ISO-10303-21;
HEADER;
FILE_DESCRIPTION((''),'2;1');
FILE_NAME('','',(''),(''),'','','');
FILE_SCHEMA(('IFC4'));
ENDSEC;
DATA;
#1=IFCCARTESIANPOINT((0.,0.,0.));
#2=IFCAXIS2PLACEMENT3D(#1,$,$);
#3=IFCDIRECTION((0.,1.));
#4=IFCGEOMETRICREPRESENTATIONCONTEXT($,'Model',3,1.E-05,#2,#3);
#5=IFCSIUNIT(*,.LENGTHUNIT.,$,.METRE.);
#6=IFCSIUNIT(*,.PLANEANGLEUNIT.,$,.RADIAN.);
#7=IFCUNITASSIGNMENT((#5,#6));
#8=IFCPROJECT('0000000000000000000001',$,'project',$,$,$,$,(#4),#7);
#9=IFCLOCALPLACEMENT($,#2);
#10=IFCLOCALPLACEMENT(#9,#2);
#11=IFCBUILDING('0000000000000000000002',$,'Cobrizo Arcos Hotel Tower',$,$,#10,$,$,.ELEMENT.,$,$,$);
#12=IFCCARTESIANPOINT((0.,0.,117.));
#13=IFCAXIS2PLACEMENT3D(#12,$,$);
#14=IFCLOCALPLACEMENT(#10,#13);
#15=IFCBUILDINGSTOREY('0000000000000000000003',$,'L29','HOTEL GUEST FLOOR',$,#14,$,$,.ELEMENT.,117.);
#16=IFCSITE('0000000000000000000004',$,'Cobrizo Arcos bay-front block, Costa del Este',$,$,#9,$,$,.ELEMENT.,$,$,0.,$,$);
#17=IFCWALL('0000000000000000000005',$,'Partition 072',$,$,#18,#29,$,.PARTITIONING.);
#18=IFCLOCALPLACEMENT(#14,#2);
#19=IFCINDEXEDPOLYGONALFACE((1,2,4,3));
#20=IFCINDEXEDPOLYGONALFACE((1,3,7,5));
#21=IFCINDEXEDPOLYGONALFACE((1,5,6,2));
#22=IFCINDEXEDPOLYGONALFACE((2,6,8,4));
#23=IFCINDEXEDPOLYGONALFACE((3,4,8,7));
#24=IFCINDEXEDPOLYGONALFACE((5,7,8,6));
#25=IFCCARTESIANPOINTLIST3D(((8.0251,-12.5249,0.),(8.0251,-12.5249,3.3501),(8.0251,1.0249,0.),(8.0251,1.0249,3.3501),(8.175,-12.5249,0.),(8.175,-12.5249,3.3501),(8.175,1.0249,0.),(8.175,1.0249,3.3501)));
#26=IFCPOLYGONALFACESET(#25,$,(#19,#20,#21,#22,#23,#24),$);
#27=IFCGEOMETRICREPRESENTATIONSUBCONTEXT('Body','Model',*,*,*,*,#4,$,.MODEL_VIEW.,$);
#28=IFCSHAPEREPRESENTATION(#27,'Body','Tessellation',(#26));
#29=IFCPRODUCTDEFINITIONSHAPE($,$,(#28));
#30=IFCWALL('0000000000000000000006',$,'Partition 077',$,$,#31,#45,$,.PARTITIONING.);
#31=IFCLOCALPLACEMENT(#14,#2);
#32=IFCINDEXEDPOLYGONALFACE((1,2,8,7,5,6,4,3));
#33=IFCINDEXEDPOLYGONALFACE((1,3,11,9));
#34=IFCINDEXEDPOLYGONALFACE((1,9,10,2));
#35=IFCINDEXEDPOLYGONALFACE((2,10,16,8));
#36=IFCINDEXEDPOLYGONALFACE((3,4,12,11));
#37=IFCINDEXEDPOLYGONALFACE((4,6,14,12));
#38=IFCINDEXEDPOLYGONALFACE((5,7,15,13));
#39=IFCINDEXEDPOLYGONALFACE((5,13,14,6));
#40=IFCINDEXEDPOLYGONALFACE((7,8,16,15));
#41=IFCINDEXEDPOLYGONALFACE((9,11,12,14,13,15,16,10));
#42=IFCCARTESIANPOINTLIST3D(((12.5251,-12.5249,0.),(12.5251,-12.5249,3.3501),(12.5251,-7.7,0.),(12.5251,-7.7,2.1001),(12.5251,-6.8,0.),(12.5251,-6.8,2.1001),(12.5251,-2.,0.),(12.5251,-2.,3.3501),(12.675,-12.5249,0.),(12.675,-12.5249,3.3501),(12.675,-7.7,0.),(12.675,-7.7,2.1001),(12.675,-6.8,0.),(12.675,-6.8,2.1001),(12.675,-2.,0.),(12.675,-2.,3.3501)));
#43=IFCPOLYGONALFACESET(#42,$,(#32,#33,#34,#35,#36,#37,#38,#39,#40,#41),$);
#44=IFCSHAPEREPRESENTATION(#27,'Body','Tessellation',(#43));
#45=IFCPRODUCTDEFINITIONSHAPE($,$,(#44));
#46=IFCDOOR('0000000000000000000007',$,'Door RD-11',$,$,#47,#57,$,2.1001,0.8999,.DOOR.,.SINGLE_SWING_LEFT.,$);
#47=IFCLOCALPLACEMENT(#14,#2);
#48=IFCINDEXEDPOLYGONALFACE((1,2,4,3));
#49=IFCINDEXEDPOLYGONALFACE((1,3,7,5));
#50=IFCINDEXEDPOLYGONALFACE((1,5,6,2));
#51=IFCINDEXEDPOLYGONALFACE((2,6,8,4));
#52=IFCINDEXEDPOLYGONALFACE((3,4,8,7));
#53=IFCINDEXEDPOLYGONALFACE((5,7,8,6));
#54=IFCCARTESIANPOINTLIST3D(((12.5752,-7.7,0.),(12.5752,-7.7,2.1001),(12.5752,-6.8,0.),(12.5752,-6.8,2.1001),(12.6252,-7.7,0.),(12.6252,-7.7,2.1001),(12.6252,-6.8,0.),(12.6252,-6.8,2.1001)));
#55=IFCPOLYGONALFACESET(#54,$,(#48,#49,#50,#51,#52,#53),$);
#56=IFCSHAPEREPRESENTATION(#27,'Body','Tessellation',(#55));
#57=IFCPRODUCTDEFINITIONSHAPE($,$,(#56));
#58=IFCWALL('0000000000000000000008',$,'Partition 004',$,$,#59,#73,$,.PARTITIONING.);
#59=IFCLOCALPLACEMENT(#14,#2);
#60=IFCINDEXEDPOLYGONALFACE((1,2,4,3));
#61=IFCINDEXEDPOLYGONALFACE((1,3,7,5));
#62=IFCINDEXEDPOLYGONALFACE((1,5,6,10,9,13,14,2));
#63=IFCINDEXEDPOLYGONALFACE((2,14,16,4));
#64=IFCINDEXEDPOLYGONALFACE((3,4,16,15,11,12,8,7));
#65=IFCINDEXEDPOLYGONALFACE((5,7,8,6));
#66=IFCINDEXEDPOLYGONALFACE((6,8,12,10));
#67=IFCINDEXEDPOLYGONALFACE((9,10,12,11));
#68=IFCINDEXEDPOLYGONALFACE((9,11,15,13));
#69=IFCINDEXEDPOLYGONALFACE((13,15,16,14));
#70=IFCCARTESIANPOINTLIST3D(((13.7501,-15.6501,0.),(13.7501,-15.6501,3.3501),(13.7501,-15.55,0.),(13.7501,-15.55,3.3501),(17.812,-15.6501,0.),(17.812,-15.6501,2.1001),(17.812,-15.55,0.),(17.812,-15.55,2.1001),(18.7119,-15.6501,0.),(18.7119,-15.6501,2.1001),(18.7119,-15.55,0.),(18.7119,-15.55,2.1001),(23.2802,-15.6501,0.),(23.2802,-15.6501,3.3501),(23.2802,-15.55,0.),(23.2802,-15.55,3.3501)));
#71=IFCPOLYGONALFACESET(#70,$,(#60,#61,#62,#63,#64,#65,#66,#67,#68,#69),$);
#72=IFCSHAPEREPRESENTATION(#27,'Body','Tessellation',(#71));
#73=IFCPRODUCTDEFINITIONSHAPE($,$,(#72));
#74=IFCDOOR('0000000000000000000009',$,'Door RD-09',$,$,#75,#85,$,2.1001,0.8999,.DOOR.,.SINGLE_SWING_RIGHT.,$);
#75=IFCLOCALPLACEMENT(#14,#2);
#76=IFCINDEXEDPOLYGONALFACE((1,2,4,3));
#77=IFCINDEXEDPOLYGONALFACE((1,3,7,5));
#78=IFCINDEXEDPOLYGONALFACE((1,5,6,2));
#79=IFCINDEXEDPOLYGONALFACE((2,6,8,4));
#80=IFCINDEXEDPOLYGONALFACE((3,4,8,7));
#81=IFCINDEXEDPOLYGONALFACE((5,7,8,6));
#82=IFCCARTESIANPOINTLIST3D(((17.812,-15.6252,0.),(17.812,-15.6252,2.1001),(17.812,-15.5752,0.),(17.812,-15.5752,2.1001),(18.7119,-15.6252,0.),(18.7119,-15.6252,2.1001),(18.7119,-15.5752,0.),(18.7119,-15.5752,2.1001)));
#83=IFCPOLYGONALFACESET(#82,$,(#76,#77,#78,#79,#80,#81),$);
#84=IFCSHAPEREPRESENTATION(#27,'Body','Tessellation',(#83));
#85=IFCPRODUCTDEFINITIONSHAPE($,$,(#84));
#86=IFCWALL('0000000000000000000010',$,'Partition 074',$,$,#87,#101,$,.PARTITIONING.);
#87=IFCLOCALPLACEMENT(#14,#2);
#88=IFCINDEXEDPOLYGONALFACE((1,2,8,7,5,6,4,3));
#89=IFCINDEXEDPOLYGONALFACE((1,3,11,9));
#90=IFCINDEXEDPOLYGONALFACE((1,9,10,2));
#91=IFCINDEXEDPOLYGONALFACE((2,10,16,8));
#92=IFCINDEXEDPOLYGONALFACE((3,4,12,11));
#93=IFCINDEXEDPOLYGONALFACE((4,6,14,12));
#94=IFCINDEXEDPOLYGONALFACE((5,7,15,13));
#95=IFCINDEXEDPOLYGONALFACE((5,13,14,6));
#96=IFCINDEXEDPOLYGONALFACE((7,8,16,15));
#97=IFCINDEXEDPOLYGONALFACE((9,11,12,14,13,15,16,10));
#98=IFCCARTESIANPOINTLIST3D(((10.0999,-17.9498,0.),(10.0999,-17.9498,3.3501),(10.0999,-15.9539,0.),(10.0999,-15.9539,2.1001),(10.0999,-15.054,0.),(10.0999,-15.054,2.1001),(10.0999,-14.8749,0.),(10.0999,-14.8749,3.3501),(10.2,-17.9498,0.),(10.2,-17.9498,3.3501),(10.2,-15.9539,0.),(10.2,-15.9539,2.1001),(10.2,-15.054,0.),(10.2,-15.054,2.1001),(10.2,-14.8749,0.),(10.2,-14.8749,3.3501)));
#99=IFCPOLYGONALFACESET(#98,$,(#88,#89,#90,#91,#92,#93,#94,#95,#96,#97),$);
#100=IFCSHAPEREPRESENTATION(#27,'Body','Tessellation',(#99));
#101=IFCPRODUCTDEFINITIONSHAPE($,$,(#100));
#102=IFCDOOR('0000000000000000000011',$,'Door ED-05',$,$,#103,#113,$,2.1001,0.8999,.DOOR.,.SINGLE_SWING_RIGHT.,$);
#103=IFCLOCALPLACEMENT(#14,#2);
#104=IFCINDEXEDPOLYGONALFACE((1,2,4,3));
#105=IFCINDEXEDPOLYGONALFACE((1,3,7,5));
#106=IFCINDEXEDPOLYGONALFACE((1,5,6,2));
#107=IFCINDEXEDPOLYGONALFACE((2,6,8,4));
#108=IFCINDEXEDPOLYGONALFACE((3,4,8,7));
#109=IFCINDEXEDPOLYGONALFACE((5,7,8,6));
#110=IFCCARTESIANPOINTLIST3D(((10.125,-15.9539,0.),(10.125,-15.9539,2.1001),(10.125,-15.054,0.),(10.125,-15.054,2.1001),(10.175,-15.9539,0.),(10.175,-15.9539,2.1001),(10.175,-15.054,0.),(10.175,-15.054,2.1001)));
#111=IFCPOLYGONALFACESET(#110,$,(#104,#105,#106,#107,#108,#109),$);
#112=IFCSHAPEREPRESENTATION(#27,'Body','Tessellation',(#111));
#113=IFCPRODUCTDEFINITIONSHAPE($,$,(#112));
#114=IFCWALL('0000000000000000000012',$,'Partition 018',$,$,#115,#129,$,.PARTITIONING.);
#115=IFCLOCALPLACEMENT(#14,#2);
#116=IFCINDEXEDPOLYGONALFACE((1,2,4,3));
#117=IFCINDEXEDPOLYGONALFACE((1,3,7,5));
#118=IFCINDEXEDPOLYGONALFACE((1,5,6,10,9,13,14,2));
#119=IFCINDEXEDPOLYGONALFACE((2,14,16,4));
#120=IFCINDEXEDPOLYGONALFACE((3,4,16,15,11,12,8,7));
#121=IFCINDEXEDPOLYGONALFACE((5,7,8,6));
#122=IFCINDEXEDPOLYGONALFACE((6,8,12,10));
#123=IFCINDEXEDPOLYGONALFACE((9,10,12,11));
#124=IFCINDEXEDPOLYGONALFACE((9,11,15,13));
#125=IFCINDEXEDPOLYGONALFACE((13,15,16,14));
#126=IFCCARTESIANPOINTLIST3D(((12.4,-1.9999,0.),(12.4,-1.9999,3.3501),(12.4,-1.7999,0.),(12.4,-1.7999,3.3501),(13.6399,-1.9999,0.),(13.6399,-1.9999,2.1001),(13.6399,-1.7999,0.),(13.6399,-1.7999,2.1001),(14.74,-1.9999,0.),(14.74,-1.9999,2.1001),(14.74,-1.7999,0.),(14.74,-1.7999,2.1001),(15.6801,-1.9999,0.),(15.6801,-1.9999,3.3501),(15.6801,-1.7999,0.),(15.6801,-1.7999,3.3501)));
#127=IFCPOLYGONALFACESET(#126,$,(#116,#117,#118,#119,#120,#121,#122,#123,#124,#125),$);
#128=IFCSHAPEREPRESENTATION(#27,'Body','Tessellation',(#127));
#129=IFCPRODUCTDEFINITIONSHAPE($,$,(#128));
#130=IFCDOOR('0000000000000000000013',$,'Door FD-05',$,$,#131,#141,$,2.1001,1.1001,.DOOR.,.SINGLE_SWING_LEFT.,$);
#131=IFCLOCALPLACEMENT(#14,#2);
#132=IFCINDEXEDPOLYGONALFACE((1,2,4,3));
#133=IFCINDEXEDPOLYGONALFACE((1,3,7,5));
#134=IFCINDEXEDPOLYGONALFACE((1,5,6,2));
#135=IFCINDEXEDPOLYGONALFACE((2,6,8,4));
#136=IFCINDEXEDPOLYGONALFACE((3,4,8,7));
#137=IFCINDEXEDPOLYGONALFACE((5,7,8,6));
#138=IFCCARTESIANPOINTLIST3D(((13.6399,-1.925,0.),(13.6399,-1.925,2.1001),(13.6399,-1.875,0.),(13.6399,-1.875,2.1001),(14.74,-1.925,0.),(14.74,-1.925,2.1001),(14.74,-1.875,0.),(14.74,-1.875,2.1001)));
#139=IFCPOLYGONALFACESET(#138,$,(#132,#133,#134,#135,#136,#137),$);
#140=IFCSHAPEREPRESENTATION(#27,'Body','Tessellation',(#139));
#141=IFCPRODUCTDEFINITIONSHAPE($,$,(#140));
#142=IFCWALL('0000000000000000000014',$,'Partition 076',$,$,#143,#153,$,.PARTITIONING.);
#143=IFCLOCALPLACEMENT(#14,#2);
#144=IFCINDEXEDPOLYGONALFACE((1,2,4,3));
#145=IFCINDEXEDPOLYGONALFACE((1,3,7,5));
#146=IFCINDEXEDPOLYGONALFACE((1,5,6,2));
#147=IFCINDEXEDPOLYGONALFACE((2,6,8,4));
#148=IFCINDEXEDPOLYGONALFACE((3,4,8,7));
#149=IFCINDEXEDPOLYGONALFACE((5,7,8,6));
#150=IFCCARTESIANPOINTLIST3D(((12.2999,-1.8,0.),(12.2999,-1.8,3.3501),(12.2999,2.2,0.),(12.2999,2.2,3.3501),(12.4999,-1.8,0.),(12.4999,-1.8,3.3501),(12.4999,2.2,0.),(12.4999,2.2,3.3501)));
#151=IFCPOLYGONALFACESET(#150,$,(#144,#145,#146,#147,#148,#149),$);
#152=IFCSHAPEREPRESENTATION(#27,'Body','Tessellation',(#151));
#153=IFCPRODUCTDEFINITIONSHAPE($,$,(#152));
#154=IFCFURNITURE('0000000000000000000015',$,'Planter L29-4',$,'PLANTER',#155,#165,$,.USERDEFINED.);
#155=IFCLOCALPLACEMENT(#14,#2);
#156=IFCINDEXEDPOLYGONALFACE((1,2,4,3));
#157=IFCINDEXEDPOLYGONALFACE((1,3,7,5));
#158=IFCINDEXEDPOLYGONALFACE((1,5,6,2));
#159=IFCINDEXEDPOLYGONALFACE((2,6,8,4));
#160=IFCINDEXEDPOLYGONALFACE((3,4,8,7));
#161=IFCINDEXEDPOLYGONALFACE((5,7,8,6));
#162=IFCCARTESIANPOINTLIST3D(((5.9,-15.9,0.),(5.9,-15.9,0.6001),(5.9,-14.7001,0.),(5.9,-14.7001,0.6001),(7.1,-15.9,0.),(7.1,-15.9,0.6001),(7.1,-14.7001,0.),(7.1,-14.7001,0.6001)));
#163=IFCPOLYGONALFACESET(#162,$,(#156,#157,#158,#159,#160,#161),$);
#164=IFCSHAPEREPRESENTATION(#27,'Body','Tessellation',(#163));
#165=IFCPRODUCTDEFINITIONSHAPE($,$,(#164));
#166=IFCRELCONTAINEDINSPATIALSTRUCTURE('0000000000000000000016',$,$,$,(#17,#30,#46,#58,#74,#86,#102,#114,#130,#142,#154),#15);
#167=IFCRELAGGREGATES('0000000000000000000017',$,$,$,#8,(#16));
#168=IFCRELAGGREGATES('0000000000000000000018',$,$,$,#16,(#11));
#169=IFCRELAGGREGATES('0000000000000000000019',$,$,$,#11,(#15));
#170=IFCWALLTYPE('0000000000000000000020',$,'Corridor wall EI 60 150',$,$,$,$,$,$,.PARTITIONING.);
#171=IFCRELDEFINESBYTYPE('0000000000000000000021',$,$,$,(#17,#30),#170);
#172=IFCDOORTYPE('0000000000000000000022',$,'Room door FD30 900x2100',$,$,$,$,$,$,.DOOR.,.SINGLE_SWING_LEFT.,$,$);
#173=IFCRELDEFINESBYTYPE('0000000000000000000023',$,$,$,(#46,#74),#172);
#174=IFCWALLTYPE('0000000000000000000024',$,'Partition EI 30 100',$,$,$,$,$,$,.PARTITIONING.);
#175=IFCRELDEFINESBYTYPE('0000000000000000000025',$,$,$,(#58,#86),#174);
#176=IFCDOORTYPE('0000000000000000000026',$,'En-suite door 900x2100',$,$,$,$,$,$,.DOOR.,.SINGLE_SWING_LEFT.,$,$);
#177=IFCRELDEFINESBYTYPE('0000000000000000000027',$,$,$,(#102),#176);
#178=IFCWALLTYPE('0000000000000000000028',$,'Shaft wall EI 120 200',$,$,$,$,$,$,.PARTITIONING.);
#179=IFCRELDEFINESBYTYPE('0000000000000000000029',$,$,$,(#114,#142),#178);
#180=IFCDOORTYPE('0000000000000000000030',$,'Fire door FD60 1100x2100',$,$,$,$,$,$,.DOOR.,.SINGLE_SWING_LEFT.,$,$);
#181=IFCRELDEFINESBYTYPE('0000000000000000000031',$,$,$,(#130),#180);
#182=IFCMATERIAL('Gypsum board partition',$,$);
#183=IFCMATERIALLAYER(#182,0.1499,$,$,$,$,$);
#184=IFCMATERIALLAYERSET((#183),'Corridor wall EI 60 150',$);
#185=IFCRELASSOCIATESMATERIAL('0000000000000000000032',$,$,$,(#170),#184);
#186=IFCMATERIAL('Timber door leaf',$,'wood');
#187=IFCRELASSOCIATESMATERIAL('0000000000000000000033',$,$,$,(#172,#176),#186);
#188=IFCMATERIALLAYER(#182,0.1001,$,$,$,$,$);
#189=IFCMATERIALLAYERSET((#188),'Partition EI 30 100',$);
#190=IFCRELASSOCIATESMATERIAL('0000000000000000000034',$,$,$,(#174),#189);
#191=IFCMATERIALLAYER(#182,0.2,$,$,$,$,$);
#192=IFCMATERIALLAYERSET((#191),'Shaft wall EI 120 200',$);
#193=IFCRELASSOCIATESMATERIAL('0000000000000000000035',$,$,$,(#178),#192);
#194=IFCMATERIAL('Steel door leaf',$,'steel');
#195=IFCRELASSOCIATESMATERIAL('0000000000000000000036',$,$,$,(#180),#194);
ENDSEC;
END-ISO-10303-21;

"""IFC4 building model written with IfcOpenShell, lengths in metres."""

from ifc_helpers import new_model, si_unit, direction, frame, frame_2d, origin, origin_2d, place, context, subcontext, project, spatial, rectangle, extrude, material, layer, layer_set, type_object, element, fill, save


model = new_model("IFC4")

# Units and contexts
model_context = context("Model", 3, precision=1e-05, world=origin(), true_north=direction((0.0, 1.0)))
body_context = subcontext(model_context, "Body", "Model", "MODEL_VIEW")
ifc_project = project(units=[si_unit("LENGTHUNIT", "METRE"), si_unit("PLANEANGLEUNIT", "RADIAN")], contexts=[model_context])

# Site, building, storey
site_placement = place(None, origin())
site = spatial("IfcSite", under=ifc_project, at=site_placement, Name="Cobrizo Arcos bay-front block, Costa del Este", CompositionType="ELEMENT", RefElevation=0.0)
building_placement = place(site_placement, origin())
building = spatial("IfcBuilding", under=site, at=building_placement, Name="Cobrizo Arcos Hotel Tower", CompositionType="ELEMENT")
storey_placement = place(building_placement, frame((0.0, 0.0, 117.0)))
storey = spatial("IfcBuildingStorey", under=building, at=storey_placement, Name="L29", Description="HOTEL GUEST FLOOR", CompositionType="ELEMENT", Elevation=117.0)

# Shared definitions
ifc_material_1 = material(Name="Gypsum board partition")
ifc_layer_1 = layer(ifc_material_1, 0.1499)
ifc_layer_set_1 = layer_set([ifc_layer_1], Name="Corridor wall EI 60 150")
wall_type_1 = type_object("IfcWallType", Name="Corridor wall EI 60 150", PredefinedType="PARTITIONING", material=ifc_layer_set_1)
ifc_material_2 = material(Name="Timber door leaf", Category="wood")

# Wall
wall_1_placement = place(storey_placement, frame((8.1001, -12.5249, 0.0), z_axis=(0.0, 0.0, 1.0), x_axis=(0.0, 1.0, 0.0)))
element("IfcWall", 1, at=wall_1_placement, inside=storey, type_object=wall_type_1, Name="Partition 072", PredefinedType="PARTITIONING", context=body_context, shape_type="SweptSolid", body=[
    extrude(rectangle(XDim=13.5498, YDim=0.1499, at=frame_2d((6.7749, 0.0))), origin(), (0.0, 0.0, 1.0), 3.3501),
])

# Walls, openings, doors
wall_2_placement = place(storey_placement, frame((12.6001, -12.5249, 0.0), z_axis=(0.0, 0.0, 1.0), x_axis=(0.0, 1.0, 0.0)))
wall_2 = element("IfcWall", 2, at=wall_2_placement, inside=storey, type_object=wall_type_1, Name="Partition 077", PredefinedType="PARTITIONING", context=body_context, shape_type="SweptSolid", body=[
    extrude(rectangle(XDim=10.5249, YDim=0.1499, at=frame_2d((5.2625, 0.0))), origin(), (0.0, 0.0, 1.0), 3.3501),
])
opening_1_placement = place(wall_2_placement, frame((4.825, 0.0, 0.0)))
opening_1 = element("IfcOpeningElement", 3, at=opening_1_placement, cuts=wall_2, PredefinedType="OPENING", context=body_context, shape_type="SweptSolid", body=[
    extrude(rectangle(XDim=0.8999, YDim=2.1001, at=frame_2d((0.45, 1.05))), frame((0.0, 0.0869, 0.0), z_axis=(0.0, -1.0, 0.0), x_axis=(1.0, 0.0, 0.0)), (0.0, 0.0, 1.0), 0.1738),
])
door_type_1 = type_object("IfcDoorType", Name="Room door FD30 900x2100", OperationType="SINGLE_SWING_LEFT", PredefinedType="DOOR", material=ifc_material_2)
door_1_placement = place(opening_1_placement, origin())
door_1 = element("IfcDoor", 4, at=door_1_placement, inside=storey, type_object=door_type_1, Name="Door RD-11", OperationType="SINGLE_SWING_LEFT", OverallHeight=2.1001, OverallWidth=0.8999, PredefinedType="DOOR", context=body_context, shape_type="SweptSolid", body=[
    extrude(rectangle(XDim=0.8999, YDim=2.1001, at=frame_2d((0.45, 1.05))), frame((0.0, 0.0249, 0.0), z_axis=(0.0, -1.0, 0.0), x_axis=(1.0, 0.0, 0.0)), (0.0, 0.0, 1.0), 0.05),
])
fill(opening_1, door_1)
ifc_layer_2 = layer(ifc_material_1, 0.1001)
ifc_layer_set_2 = layer_set([ifc_layer_2], Name="Partition EI 30 100")
wall_type_2 = type_object("IfcWallType", Name="Partition EI 30 100", PredefinedType="PARTITIONING", material=ifc_layer_set_2)
wall_3_placement = place(storey_placement, frame((13.75, -15.6001, 0.0), z_axis=(0.0, 0.0, 1.0), x_axis=(1.0, 0.0, 0.0)))
wall_3 = element("IfcWall", 5, at=wall_3_placement, inside=storey, type_object=wall_type_2, Name="Partition 004", PredefinedType="PARTITIONING", context=body_context, shape_type="SweptSolid", body=[
    extrude(rectangle(XDim=9.53, YDim=0.1001, at=frame_2d((4.7651, 0.0))), origin(), (0.0, 0.0, 1.0), 3.3501),
])
opening_2_placement = place(wall_3_placement, frame((4.062, 0.0, 0.0)))
opening_2 = element("IfcOpeningElement", 6, at=opening_2_placement, cuts=wall_3, PredefinedType="OPENING", context=body_context, shape_type="SweptSolid", body=[
    extrude(rectangle(XDim=0.8999, YDim=2.1001, at=frame_2d((0.45, 1.05))), frame((0.0, 0.062, 0.0), z_axis=(0.0, -1.0, 0.0), x_axis=(1.0, 0.0, 0.0)), (0.0, 0.0, 1.0), 0.124),
])
door_2_placement = place(opening_2_placement, origin())
door_2 = element("IfcDoor", 7, at=door_2_placement, inside=storey, type_object=door_type_1, Name="Door RD-09", OperationType="SINGLE_SWING_RIGHT", OverallHeight=2.1001, OverallWidth=0.8999, PredefinedType="DOOR", context=body_context, shape_type="SweptSolid", body=[
    extrude(rectangle(XDim=0.8999, YDim=2.1001, at=frame_2d((0.45, 1.05))), frame((0.0, 0.0249, 0.0), z_axis=(0.0, -1.0, 0.0), x_axis=(1.0, 0.0, 0.0)), (0.0, 0.0, 1.0), 0.05),
])
fill(opening_2, door_2)
wall_4_placement = place(storey_placement, frame((10.1499, -17.95, 0.0), z_axis=(0.0, 0.0, 1.0), x_axis=(0.0, 1.0, 0.0)))
wall_4 = element("IfcWall", 8, at=wall_4_placement, inside=storey, type_object=wall_type_2, Name="Partition 074", PredefinedType="PARTITIONING", context=body_context, shape_type="SweptSolid", body=[
    extrude(rectangle(XDim=3.075, YDim=0.1001, at=frame_2d((1.5376, 0.0))), origin(), (0.0, 0.0, 1.0), 3.3501),
])
opening_3_placement = place(wall_4_placement, frame((1.9961, 0.0, 0.0)))
opening_3 = element("IfcOpeningElement", 9, at=opening_3_placement, cuts=wall_4, PredefinedType="OPENING", context=body_context, shape_type="SweptSolid", body=[
    extrude(rectangle(XDim=0.8999, YDim=2.1001, at=frame_2d((0.45, 1.05))), frame((0.0, 0.062, 0.0), z_axis=(0.0, -1.0, 0.0), x_axis=(1.0, 0.0, 0.0)), (0.0, 0.0, 1.0), 0.124),
])
door_type_2 = type_object("IfcDoorType", Name="En-suite door 900x2100", OperationType="SINGLE_SWING_LEFT", PredefinedType="DOOR", material=ifc_material_2)
door_3_placement = place(opening_3_placement, origin())
door_3 = element("IfcDoor", 10, at=door_3_placement, inside=storey, type_object=door_type_2, Name="Door ED-05", OperationType="SINGLE_SWING_RIGHT", OverallHeight=2.1001, OverallWidth=0.8999, PredefinedType="DOOR", context=body_context, shape_type="SweptSolid", body=[
    extrude(rectangle(XDim=0.8999, YDim=2.1001, at=frame_2d((0.45, 1.05))), frame((0.0, 0.0249, 0.0), z_axis=(0.0, -1.0, 0.0), x_axis=(1.0, 0.0, 0.0)), (0.0, 0.0, 1.0), 0.05),
])
fill(opening_3, door_3)
ifc_layer_3 = layer(ifc_material_1, 0.2)
ifc_layer_set_3 = layer_set([ifc_layer_3], Name="Shaft wall EI 120 200")
wall_type_3 = type_object("IfcWallType", Name="Shaft wall EI 120 200", PredefinedType="PARTITIONING", material=ifc_layer_set_3)
wall_5_placement = place(storey_placement, frame((12.3999, -1.8999, 0.0), z_axis=(0.0, 0.0, 1.0), x_axis=(1.0, 0.0, 0.0)))
wall_5 = element("IfcWall", 11, at=wall_5_placement, inside=storey, type_object=wall_type_3, Name="Partition 018", PredefinedType="PARTITIONING", context=body_context, shape_type="SweptSolid", body=[
    extrude(rectangle(XDim=3.28, YDim=0.2, at=frame_2d((1.6401, 0.0))), origin(), (0.0, 0.0, 1.0), 3.3501),
])
opening_4_placement = place(wall_5_placement, frame((1.24, 0.0, 0.0)))
opening_4 = element("IfcOpeningElement", 12, at=opening_4_placement, cuts=wall_5, PredefinedType="OPENING", context=body_context, shape_type="SweptSolid", body=[
    extrude(rectangle(XDim=1.1001, YDim=2.1001, at=frame_2d((0.55, 1.05))), frame((0.0, 0.1121, 0.0), z_axis=(0.0, -1.0, 0.0), x_axis=(1.0, 0.0, 0.0)), (0.0, 0.0, 1.0), 0.2239),
])
ifc_material_3 = material(Name="Steel door leaf", Category="steel")
door_type_3 = type_object("IfcDoorType", Name="Fire door FD60 1100x2100", OperationType="SINGLE_SWING_LEFT", PredefinedType="DOOR", material=ifc_material_3)
door_4_placement = place(opening_4_placement, origin())
door_4 = element("IfcDoor", 13, at=door_4_placement, inside=storey, type_object=door_type_3, Name="Door FD-05", OperationType="SINGLE_SWING_LEFT", OverallHeight=2.1001, OverallWidth=1.1001, PredefinedType="DOOR", context=body_context, shape_type="SweptSolid", body=[
    extrude(rectangle(XDim=1.1001, YDim=2.1001, at=frame_2d((0.55, 1.05))), frame((0.0, 0.0249, 0.0), z_axis=(0.0, -1.0, 0.0), x_axis=(1.0, 0.0, 0.0)), (0.0, 0.0, 1.0), 0.05),
])
fill(opening_4, door_4)

# Wall
wall_6_placement = place(storey_placement, frame((12.3999, -1.8, 0.0), z_axis=(0.0, 0.0, 1.0), x_axis=(0.0, 1.0, 0.0)))
element("IfcWall", 14, at=wall_6_placement, inside=storey, type_object=wall_type_3, Name="Partition 076", PredefinedType="PARTITIONING", context=body_context, shape_type="SweptSolid", body=[
    extrude(rectangle(XDim=4.0, YDim=0.2, at=frame_2d((2.0, 0.0))), origin(), (0.0, 0.0, 1.0), 3.3501),
])

# Furniture
furniture_placement = place(storey_placement, frame((6.5, -15.3, 0.0), z_axis=(0.0, 0.0, 1.0), x_axis=(1.0, 0.0, 0.0)))
element("IfcFurniture", 15, at=furniture_placement, inside=storey, Name="Planter L29-4", ObjectType="PLANTER", PredefinedType="USERDEFINED", context=body_context, shape_type="SweptSolid", body=[
    extrude(rectangle(XDim=1.2, YDim=1.2, at=origin_2d()), origin(), (0.0, 0.0, 1.0), 0.6001),
])

save(model, "model.ifc")
